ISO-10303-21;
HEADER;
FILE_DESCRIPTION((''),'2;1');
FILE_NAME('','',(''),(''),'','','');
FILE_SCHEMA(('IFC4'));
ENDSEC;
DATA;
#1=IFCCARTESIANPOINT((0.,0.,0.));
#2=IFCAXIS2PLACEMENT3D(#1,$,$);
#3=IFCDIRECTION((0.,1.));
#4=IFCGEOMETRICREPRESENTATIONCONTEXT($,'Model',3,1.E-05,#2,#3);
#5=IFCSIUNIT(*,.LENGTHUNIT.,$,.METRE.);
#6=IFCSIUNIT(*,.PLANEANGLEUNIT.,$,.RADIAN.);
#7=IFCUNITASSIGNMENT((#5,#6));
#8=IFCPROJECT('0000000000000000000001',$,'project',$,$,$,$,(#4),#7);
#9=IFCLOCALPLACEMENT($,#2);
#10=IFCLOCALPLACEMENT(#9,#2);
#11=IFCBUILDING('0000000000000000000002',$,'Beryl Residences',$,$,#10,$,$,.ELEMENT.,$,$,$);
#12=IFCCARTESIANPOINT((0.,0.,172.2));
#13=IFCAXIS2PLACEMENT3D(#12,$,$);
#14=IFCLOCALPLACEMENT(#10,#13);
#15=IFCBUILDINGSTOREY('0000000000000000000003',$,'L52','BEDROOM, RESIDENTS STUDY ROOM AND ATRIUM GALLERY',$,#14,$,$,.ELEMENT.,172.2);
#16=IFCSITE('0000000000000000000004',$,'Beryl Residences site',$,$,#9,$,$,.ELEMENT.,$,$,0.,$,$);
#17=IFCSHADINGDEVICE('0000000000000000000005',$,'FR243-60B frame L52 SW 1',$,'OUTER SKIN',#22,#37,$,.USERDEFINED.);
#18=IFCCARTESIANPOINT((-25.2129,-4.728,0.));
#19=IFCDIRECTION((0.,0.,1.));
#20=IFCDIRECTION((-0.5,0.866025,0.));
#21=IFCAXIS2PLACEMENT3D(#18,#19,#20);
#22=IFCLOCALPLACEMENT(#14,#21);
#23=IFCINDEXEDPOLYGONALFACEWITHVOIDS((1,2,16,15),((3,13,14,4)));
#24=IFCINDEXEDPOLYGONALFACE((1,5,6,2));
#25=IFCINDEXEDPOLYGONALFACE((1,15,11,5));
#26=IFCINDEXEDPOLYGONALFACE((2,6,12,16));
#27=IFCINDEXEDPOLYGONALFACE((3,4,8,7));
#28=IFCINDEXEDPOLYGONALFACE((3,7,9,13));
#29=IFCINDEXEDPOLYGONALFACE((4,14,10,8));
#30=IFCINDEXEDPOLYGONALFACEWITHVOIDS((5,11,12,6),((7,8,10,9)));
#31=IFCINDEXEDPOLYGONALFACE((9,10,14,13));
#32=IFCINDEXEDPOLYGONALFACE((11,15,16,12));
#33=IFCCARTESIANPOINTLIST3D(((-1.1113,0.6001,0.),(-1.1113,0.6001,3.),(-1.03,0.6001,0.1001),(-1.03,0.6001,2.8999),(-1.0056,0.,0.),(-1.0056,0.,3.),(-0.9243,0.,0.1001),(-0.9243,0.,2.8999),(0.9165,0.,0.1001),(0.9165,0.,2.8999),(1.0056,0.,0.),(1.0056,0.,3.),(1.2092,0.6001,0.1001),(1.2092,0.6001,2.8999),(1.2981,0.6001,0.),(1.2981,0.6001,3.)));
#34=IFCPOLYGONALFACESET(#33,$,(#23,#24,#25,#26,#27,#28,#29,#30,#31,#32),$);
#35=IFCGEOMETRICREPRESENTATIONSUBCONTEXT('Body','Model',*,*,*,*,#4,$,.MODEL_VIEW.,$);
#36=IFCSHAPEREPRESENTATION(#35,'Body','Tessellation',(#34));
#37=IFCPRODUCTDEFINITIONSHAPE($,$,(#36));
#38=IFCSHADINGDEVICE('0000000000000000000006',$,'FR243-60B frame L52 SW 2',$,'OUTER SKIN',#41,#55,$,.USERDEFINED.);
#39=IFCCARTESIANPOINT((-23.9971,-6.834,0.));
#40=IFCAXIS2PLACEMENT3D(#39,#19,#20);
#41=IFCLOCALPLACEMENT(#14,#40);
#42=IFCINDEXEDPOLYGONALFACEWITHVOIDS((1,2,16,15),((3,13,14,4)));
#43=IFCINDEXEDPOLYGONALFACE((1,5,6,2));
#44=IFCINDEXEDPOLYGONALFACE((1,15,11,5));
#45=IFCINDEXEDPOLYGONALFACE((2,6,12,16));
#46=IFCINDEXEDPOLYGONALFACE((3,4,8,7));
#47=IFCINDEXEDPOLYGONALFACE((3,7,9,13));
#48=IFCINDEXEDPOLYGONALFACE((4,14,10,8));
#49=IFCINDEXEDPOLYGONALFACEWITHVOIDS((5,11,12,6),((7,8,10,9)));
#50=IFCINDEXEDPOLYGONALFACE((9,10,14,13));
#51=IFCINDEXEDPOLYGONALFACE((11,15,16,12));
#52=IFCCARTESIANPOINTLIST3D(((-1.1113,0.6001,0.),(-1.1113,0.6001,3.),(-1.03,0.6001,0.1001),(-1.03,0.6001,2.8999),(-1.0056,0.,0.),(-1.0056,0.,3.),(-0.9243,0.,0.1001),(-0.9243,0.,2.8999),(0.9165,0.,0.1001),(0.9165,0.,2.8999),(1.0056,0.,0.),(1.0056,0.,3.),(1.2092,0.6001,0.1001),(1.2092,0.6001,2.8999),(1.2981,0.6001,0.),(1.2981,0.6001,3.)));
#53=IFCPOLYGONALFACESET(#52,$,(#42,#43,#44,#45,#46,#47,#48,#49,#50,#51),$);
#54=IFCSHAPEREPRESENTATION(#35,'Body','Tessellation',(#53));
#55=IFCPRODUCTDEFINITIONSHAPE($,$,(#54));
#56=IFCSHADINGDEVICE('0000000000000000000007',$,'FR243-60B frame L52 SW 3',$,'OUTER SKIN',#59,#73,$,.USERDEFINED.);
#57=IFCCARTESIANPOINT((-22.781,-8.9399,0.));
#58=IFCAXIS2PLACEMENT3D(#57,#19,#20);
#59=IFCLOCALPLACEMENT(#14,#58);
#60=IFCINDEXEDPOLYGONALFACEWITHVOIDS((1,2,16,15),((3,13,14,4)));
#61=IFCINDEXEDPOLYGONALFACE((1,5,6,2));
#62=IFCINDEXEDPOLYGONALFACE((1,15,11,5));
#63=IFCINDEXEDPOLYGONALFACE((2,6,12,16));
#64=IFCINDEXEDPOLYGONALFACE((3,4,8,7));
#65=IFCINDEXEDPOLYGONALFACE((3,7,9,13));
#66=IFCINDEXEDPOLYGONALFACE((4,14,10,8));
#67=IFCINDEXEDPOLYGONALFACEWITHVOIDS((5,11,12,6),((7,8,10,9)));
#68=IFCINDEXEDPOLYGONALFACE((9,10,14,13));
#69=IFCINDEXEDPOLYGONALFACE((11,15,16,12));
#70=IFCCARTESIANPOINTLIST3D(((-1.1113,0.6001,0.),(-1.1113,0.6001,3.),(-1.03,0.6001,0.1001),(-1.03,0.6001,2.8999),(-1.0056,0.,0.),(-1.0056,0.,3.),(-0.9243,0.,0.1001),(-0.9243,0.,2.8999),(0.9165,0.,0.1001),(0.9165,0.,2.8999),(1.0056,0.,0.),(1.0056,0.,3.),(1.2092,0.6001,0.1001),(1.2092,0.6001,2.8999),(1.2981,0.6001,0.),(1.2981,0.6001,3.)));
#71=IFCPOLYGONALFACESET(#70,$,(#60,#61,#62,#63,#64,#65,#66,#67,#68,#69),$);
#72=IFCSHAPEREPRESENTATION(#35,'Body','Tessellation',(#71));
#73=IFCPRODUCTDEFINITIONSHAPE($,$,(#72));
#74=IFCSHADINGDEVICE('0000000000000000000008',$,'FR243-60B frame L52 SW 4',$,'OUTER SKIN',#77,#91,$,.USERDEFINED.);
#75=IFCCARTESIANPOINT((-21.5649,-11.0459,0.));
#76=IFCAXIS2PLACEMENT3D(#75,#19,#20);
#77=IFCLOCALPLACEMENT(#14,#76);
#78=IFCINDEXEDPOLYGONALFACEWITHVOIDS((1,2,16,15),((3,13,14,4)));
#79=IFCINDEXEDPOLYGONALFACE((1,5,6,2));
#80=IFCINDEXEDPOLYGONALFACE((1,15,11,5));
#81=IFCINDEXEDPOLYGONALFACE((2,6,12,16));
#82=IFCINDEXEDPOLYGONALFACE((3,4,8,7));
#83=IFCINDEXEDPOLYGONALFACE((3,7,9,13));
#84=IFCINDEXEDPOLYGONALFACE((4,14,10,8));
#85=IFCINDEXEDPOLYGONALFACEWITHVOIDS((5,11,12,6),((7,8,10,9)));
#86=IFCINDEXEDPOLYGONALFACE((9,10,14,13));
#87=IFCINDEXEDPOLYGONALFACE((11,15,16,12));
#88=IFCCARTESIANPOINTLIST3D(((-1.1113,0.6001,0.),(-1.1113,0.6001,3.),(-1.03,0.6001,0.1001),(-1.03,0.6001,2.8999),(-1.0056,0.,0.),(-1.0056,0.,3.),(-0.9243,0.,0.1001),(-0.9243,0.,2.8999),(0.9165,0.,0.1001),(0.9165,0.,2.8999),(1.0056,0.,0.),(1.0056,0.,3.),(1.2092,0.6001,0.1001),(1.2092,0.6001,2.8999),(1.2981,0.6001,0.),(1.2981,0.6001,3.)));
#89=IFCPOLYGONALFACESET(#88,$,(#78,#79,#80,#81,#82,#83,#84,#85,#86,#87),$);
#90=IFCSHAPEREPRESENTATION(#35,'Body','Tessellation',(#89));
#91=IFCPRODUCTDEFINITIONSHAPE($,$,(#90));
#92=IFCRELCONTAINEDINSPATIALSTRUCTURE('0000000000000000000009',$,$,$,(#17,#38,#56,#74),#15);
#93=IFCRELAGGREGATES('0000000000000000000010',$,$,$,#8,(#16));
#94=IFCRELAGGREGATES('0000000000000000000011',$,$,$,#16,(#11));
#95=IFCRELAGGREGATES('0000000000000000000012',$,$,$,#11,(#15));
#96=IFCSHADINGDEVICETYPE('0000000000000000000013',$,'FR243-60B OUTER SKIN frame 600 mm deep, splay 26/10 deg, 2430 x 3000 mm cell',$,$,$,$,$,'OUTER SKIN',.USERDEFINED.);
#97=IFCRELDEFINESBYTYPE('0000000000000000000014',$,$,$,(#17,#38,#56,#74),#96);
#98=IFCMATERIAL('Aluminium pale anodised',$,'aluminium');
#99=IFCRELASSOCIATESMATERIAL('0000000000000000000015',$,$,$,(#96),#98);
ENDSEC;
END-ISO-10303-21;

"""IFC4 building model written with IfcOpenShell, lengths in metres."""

from ifc_helpers import new_model, entity, si_unit, direction, frame, origin, place, context, subcontext, project, spatial, source, transform, mapped, material, type_object, type_shapes, element, save


model = new_model("IFC4")

# Units and contexts
model_context = context("Model", 3, precision=1e-05, world=origin(), true_north=direction((0.0, 1.0)))
body_context = subcontext(model_context, "Body", "Model", "MODEL_VIEW")
ifc_project = project(units=[si_unit("LENGTHUNIT", "METRE"), si_unit("PLANEANGLEUNIT", "RADIAN")], contexts=[model_context])

# Site, building, storey
site_placement = place(None, origin())
site = spatial("IfcSite", under=ifc_project, at=site_placement, Name="Beryl Residences site", CompositionType="ELEMENT", RefElevation=0.0)
building_placement = place(site_placement, origin())
building = spatial("IfcBuilding", under=site, at=building_placement, Name="Beryl Residences", CompositionType="ELEMENT")
storey_placement = place(building_placement, frame((0.0, 0.0, 172.2)))
storey = spatial("IfcBuildingStorey", under=building, at=storey_placement, Name="L52", Description="BEDROOM, RESIDENTS STUDY ROOM AND ATRIUM GALLERY", CompositionType="ELEMENT", Elevation=172.2)

# Shading devices
ifc_material_1 = material(Name="Aluminium pale anodised", Category="aluminium")
shading_device_type = type_object("IfcShadingDeviceType", Name="FR243-60B OUTER SKIN frame 600 mm deep, splay 26/10 deg, 2430 x 3000 mm cell", ElementType="OUTER SKIN", PredefinedType="USERDEFINED", material=ifc_material_1)
cartesian_point_1 = entity("IfcCartesianPoint", [-1.0056, 0.0])
cartesian_point_2 = entity("IfcCartesianPoint", [-0.9165, 0.1001])
cartesian_point_3 = entity("IfcCartesianPoint", [-1.2981, 0.0])
cartesian_point_4 = entity("IfcCartesianPoint", [-1.2092, 0.1001])
shared_shape_1 = source(origin(), body_context, "Body", "SweptSolid", [
    entity("IfcExtrudedAreaSolidTapered", entity("IfcArbitraryProfileDefWithVoids", "AREA", None, entity("IfcPolyline", [cartesian_point_1, entity("IfcCartesianPoint", [1.0056, 0.0]), entity("IfcCartesianPoint", [1.0056, 3.0]), entity("IfcCartesianPoint", [-1.0056, 3.0]), cartesian_point_1]), [entity("IfcPolyline", [cartesian_point_2, entity("IfcCartesianPoint", [0.9243, 0.1001]), entity("IfcCartesianPoint", [0.9243, 2.8999]), entity("IfcCartesianPoint", [-0.9165, 2.8999]), cartesian_point_2])]), entity("IfcAxis2Placement3D", entity("IfcCartesianPoint", [0.0, 0.0, 0.0]), entity("IfcDirection", [0.0, 1.0, 0.0]), entity("IfcDirection", [-1.0, 0.0, 0.0])), entity("IfcDirection", [0.0, 0.0, 1.0]), 0.6001, entity("IfcArbitraryProfileDefWithVoids", "AREA", None, entity("IfcPolyline", [cartesian_point_3, entity("IfcCartesianPoint", [1.1113, 0.0]), entity("IfcCartesianPoint", [1.1113, 3.0]), entity("IfcCartesianPoint", [-1.2981, 3.0]), cartesian_point_3]), [entity("IfcPolyline", [cartesian_point_4, entity("IfcCartesianPoint", [1.03, 0.1001]), entity("IfcCartesianPoint", [1.03, 2.8999]), entity("IfcCartesianPoint", [-1.2092, 2.8999]), cartesian_point_4])])),
])
type_shapes(shading_device_type, [shared_shape_1])
for number, where, z_axis, x_axis, name in (
    (1, (-25.2129, -4.728, 0.0), (0.0, 0.0, 1.0), (-0.5, 0.866025, 0.0), "FR243-60B frame L52 SW 1"),
    (2, (-23.9971, -6.834, 0.0), (0.0, 0.0, 1.0), (-0.5, 0.866025, 0.0), "FR243-60B frame L52 SW 2"),
    (3, (-22.781, -8.9399, 0.0), (0.0, 0.0, 1.0), (-0.5, 0.866025, 0.0), "FR243-60B frame L52 SW 3"),
    (4, (-21.5649, -11.0459, 0.0), (0.0, 0.0, 1.0), (-0.5, 0.866025, 0.0), "FR243-60B frame L52 SW 4"),
):
    element("IfcShadingDevice", number, at=place(storey_placement, frame(where, z_axis=z_axis, x_axis=x_axis)), inside=storey, type_object=shading_device_type, Name=name, ObjectType="OUTER SKIN", PredefinedType="USERDEFINED", context=body_context, shape_type="MappedRepresentation", body=[
        mapped(shared_shape_1, transform((0.0, 0.0, 0.0))),
    ])

save(model, "model.ifc")
